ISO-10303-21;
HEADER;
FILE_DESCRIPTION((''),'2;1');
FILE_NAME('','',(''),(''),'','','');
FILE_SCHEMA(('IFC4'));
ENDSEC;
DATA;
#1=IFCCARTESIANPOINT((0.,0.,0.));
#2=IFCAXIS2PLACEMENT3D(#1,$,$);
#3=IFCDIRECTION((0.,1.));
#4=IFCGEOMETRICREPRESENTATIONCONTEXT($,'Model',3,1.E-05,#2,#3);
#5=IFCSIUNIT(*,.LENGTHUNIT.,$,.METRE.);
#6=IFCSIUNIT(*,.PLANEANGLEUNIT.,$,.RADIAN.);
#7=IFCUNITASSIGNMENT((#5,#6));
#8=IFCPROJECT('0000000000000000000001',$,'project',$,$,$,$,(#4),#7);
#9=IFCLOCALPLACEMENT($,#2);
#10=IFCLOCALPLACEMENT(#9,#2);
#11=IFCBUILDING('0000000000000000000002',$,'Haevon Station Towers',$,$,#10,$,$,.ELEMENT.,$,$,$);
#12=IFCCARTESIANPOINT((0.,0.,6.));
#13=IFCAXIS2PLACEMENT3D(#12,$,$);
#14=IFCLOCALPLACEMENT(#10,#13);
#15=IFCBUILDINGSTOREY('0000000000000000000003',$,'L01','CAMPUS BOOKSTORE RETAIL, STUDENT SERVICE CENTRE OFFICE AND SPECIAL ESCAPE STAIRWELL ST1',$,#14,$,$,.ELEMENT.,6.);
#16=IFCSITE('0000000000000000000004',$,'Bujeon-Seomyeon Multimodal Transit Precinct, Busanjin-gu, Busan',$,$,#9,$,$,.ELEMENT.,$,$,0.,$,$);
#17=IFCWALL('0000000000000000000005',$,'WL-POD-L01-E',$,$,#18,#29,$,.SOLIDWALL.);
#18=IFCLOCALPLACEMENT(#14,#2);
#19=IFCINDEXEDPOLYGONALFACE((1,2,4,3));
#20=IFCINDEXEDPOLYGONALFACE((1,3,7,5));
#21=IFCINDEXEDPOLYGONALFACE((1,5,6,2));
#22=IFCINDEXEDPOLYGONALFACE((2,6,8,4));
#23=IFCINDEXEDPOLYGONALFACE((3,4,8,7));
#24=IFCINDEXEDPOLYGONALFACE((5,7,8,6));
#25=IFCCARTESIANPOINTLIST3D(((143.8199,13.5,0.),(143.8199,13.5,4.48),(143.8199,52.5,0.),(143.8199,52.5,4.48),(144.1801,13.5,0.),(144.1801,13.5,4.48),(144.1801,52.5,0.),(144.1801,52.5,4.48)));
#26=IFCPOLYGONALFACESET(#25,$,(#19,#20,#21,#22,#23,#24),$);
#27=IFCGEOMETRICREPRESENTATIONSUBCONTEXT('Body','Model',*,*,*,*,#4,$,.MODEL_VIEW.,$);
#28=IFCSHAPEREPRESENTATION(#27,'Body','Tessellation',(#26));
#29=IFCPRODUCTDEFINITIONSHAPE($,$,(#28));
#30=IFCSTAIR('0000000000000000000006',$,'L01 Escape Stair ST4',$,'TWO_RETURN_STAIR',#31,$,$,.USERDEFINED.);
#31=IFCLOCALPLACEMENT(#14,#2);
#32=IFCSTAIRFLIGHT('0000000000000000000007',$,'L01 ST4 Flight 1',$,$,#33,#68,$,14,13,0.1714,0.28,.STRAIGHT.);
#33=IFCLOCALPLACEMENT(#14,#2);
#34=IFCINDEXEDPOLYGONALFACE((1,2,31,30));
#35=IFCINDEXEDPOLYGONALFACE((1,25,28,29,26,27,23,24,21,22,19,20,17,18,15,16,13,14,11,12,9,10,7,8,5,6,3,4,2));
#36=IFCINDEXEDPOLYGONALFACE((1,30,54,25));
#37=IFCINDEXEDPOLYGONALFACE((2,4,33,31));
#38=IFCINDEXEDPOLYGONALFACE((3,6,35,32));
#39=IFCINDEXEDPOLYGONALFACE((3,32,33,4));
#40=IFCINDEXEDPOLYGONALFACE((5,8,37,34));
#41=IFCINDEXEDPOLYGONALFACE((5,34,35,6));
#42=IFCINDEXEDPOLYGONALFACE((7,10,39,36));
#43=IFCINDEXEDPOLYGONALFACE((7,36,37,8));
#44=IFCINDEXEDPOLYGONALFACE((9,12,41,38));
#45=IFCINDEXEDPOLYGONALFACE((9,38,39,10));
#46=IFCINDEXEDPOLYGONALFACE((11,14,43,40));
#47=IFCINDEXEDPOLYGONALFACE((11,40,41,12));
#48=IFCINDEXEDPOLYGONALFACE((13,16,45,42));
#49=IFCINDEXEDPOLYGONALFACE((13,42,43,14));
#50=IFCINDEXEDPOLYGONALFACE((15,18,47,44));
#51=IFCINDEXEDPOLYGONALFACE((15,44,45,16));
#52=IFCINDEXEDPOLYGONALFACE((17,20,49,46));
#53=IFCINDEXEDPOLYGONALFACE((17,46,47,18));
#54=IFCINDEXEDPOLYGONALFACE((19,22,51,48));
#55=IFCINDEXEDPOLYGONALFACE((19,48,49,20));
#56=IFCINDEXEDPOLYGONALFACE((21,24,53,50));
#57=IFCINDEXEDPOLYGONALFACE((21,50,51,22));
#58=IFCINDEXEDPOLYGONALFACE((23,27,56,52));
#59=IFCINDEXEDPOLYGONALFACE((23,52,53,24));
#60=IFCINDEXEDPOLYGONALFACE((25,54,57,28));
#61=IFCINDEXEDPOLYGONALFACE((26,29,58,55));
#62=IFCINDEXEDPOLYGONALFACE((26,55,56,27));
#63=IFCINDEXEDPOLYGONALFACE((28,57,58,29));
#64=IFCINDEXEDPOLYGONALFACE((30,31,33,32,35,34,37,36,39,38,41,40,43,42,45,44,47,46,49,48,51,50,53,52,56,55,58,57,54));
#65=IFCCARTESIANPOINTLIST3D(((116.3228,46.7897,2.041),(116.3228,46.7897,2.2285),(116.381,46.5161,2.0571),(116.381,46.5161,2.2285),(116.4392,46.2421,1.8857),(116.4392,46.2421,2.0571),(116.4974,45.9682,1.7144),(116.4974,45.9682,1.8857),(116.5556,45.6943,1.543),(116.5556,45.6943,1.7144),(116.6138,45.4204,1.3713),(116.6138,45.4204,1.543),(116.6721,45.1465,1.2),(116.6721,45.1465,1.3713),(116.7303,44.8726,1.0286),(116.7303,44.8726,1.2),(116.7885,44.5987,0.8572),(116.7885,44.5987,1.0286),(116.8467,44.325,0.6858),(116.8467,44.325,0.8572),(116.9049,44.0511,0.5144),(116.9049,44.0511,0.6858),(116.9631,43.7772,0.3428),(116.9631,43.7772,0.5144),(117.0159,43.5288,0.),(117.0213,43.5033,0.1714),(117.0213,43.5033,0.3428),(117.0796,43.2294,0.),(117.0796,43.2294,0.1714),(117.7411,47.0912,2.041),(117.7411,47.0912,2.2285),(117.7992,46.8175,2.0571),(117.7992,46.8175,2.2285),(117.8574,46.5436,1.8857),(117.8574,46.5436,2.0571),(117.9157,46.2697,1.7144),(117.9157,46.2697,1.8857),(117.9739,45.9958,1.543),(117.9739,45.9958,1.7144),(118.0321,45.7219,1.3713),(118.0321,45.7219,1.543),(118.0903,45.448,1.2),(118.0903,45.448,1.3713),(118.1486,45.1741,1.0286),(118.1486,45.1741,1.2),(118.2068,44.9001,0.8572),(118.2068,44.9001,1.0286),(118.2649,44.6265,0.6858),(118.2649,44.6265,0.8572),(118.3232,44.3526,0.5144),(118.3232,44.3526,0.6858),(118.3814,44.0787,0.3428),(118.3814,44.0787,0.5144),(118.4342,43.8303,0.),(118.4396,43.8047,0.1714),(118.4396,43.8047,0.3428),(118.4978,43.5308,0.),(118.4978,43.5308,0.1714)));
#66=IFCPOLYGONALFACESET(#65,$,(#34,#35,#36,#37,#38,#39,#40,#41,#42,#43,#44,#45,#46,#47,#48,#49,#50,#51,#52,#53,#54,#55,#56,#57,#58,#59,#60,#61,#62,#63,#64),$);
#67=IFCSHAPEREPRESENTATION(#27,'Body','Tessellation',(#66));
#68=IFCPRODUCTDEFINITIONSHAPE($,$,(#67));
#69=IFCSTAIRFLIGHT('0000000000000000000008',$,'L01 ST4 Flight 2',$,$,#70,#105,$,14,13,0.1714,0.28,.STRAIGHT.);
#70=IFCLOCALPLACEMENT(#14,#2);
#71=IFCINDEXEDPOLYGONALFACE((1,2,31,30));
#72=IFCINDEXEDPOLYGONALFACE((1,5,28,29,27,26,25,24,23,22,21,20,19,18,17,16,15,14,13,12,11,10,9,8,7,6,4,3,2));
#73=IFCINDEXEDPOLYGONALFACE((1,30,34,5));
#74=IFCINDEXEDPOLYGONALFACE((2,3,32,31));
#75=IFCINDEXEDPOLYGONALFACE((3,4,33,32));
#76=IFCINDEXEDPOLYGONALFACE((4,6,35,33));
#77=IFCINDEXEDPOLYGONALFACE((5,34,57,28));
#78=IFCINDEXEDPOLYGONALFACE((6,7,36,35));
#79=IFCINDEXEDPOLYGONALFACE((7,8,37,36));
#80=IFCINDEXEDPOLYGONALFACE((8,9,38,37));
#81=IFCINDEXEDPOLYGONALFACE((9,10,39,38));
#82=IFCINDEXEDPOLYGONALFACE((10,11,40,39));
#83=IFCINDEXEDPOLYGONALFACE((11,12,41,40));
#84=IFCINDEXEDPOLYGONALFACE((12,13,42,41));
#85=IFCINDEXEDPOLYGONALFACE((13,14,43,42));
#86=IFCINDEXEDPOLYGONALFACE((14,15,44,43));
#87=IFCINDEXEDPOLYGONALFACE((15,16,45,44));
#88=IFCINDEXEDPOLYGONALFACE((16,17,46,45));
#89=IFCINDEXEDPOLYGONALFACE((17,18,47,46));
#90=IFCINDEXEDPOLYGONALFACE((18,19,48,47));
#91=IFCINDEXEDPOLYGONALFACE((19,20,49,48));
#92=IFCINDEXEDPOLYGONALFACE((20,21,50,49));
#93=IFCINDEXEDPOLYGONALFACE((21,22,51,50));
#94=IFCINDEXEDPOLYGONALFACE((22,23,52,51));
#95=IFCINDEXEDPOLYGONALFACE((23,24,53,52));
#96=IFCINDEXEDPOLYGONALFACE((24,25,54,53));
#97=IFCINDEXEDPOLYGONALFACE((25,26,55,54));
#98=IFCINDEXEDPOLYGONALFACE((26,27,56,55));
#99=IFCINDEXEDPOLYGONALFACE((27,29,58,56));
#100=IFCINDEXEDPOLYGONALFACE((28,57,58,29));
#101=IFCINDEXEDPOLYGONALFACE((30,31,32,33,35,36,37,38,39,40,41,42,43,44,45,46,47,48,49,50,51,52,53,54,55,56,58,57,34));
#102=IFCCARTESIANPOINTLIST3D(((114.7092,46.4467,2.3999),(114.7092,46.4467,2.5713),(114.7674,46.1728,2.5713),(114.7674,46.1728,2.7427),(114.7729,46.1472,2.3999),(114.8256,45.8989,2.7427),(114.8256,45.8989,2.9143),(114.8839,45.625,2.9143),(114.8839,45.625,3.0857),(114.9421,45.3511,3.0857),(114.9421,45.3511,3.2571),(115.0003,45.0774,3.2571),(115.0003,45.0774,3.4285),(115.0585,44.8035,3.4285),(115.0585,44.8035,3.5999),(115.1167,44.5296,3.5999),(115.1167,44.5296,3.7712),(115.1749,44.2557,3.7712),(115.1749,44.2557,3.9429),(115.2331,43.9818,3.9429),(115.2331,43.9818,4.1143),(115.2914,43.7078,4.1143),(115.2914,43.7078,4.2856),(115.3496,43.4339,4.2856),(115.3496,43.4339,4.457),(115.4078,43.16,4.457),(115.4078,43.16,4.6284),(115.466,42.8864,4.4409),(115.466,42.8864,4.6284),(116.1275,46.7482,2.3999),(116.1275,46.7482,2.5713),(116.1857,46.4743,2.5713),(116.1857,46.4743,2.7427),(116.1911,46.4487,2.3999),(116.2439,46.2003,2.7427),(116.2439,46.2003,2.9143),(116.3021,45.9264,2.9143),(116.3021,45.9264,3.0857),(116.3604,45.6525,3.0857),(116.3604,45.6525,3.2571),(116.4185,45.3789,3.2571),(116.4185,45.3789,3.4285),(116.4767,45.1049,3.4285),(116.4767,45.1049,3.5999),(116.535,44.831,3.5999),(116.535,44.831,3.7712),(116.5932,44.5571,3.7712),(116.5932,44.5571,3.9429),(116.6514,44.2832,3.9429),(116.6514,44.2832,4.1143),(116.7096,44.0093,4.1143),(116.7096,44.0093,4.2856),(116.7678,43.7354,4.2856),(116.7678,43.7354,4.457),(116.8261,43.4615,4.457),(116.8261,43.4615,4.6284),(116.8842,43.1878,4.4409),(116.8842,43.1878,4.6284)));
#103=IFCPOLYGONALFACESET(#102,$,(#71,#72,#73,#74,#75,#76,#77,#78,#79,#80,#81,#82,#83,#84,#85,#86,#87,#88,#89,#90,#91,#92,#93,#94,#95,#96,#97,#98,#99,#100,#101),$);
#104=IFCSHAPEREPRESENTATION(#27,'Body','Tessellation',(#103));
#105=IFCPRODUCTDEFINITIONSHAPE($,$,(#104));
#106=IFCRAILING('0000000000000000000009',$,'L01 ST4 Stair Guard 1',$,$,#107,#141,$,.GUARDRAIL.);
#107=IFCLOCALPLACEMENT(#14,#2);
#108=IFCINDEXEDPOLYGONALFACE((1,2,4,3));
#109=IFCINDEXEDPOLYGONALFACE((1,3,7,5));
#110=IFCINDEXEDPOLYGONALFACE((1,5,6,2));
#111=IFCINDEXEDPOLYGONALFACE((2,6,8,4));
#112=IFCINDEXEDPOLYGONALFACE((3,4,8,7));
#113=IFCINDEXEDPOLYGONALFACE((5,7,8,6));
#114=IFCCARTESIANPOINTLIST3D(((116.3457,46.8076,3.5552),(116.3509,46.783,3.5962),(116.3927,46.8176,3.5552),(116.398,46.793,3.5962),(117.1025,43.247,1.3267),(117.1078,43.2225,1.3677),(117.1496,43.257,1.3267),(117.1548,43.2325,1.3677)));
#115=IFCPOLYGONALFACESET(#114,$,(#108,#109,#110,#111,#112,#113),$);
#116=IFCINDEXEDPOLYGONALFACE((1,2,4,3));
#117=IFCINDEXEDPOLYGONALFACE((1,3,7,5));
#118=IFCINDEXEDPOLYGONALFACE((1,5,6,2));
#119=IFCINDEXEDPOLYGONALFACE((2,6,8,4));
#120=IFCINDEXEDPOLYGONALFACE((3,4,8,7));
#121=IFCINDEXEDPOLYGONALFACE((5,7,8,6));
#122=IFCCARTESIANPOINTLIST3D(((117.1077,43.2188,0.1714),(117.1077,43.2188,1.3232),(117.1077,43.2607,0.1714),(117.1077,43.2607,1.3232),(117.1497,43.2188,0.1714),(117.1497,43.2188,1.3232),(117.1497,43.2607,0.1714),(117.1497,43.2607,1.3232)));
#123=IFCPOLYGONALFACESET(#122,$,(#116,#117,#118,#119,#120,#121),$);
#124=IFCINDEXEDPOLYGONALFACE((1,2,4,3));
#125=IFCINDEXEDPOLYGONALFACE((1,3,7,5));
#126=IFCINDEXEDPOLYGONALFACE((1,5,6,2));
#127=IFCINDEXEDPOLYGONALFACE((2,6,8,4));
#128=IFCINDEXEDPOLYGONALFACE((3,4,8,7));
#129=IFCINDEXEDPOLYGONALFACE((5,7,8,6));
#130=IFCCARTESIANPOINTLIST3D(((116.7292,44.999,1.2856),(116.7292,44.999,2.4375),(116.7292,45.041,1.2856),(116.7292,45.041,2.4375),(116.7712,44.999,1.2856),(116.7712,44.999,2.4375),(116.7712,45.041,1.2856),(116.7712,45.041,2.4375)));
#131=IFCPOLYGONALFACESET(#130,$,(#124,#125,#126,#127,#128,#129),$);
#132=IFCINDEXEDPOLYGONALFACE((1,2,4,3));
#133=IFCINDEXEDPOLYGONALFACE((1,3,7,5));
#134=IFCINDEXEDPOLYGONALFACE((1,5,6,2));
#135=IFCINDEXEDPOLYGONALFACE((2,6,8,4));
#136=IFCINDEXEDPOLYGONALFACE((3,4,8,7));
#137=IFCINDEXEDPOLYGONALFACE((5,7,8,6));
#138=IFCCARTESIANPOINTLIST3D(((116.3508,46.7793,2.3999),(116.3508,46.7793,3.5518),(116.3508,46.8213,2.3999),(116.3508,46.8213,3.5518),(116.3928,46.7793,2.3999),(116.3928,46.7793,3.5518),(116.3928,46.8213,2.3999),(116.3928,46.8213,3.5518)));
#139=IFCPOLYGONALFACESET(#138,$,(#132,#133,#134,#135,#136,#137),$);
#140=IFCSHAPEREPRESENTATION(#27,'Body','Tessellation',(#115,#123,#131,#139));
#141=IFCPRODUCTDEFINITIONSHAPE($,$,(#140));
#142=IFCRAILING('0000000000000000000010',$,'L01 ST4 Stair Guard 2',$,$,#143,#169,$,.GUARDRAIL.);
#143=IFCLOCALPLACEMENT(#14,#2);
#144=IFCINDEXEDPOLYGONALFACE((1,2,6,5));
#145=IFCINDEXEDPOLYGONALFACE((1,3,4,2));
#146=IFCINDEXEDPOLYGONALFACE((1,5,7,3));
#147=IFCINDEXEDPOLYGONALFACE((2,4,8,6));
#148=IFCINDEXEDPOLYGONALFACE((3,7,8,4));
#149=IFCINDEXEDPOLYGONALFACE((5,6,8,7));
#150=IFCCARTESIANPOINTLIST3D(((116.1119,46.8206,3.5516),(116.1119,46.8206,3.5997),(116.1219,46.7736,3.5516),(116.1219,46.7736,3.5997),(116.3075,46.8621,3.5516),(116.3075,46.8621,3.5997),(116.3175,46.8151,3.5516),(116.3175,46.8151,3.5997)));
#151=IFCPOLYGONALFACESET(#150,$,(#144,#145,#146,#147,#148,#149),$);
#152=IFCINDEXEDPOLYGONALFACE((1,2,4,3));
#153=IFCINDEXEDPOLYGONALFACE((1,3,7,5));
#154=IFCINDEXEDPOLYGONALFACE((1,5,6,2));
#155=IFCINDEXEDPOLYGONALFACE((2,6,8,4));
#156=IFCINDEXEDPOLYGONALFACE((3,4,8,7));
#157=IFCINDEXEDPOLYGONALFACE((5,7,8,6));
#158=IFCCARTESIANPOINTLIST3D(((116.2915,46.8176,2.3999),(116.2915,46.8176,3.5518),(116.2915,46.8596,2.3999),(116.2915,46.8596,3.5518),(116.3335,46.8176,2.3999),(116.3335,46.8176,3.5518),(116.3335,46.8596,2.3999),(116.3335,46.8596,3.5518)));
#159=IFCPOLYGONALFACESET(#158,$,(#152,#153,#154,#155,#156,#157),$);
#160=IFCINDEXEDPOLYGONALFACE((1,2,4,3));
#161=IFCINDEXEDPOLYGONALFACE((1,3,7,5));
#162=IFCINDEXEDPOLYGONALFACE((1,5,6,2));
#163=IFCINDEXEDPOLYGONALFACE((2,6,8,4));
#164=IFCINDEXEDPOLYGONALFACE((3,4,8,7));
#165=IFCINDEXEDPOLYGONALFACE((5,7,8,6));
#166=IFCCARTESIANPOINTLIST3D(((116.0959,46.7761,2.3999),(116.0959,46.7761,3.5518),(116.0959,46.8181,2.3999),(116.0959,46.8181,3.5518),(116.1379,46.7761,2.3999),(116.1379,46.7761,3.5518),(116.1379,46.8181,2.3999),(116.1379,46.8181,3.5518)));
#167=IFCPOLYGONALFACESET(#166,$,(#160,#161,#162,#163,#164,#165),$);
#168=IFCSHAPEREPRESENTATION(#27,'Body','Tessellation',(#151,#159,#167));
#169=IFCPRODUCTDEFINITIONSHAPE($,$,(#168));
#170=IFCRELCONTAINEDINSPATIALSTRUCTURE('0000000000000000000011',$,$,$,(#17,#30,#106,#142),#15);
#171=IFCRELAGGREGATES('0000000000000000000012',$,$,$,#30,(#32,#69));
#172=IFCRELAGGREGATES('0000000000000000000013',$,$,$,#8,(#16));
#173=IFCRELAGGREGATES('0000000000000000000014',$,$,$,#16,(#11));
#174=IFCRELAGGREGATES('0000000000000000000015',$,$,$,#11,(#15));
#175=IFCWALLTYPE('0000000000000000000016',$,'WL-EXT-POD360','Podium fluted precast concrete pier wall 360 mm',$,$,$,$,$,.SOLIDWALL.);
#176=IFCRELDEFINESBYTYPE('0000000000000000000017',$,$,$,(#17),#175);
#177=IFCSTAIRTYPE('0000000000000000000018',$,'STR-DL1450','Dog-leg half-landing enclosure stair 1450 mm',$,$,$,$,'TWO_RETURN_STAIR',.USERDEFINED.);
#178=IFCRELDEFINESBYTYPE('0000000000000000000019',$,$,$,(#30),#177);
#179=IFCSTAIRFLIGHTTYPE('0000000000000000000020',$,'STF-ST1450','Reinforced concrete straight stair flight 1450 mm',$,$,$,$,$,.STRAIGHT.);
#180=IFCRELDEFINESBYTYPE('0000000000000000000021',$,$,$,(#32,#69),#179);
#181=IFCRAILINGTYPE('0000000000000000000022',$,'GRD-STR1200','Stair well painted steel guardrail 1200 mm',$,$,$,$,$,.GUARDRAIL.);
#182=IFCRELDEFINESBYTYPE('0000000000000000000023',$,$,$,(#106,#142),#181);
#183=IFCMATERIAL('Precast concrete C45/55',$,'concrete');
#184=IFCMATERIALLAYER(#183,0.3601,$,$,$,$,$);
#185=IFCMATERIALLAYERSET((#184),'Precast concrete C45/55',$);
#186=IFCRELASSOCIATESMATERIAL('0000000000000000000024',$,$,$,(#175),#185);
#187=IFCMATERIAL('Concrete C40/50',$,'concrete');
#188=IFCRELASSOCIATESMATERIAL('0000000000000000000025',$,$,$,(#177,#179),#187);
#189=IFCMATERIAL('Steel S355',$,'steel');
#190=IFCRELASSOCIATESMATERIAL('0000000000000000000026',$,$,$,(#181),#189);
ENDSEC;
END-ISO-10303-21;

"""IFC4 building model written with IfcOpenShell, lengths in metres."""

from ifc_helpers import new_model, si_unit, direction, frame, frame_2d, origin, origin_2d, place, context, subcontext, project, spatial, polyline, rectangle, outline, extrude, material, layer, layer_set, type_object, element, aggregate, save


model = new_model("IFC4")

# Units and contexts
model_context = context("Model", 3, precision=1e-05, world=origin(), true_north=direction((0.0, 1.0)))
body_context = subcontext(model_context, "Body", "Model", "MODEL_VIEW")
ifc_project = project(units=[si_unit("LENGTHUNIT", "METRE"), si_unit("PLANEANGLEUNIT", "RADIAN")], contexts=[model_context])

# Site, building, storey
site_placement = place(None, origin())
site = spatial("IfcSite", under=ifc_project, at=site_placement, Name="Bujeon-Seomyeon Multimodal Transit Precinct, Busanjin-gu, Busan", CompositionType="ELEMENT", RefElevation=0.0)
building_placement = place(site_placement, origin())
building = spatial("IfcBuilding", under=site, at=building_placement, Name="Haevon Station Towers", CompositionType="ELEMENT")
storey_placement = place(building_placement, frame((0.0, 0.0, 6.0)))
storey = spatial("IfcBuildingStorey", under=building, at=storey_placement, Name="L01", Description="CAMPUS BOOKSTORE RETAIL, STUDENT SERVICE CENTRE OFFICE AND SPECIAL ESCAPE STAIRWELL ST1", CompositionType="ELEMENT", Elevation=6.0)

# Shared definitions
ifc_material_1 = material(Name="Steel S355", Category="steel")

# Wall
ifc_material_2 = material(Name="Precast concrete C45/55", Category="concrete")
ifc_layer = layer(ifc_material_2, 0.3601)
ifc_layer_set = layer_set([ifc_layer], Name="Precast concrete C45/55")
wall_type = type_object("IfcWallType", Name="WL-EXT-POD360", Description="Podium fluted precast concrete pier wall 360 mm", PredefinedType="SOLIDWALL", material=ifc_layer_set)
wall_placement = place(storey_placement, frame((144.0, 52.5, 0.0), z_axis=(0.0, 0.0, 1.0), x_axis=(0.0, -1.0, 0.0)))
element("IfcWall", 1, at=wall_placement, inside=storey, type_object=wall_type, Name="WL-POD-L01-E", PredefinedType="SOLIDWALL", context=body_context, shape_type="SweptSolid", body=[
    extrude(rectangle(XDim=39.0, YDim=0.3601, at=frame_2d((19.5, 0.0))), origin(), (0.0, 0.0, 1.0), 4.48),
])

# Stair, stair flights
ifc_material_3 = material(Name="Concrete C40/50", Category="concrete")
stair_type = type_object("IfcStairType", Name="STR-DL1450", Description="Dog-leg half-landing enclosure stair 1450 mm", ElementType="TWO_RETURN_STAIR", PredefinedType="USERDEFINED", material=ifc_material_3)
stair_placement = place(storey_placement, origin())
stair = element("IfcStair", 2, at=stair_placement, inside=storey, type_object=stair_type, Name="L01 Escape Stair ST4", ObjectType="TWO_RETURN_STAIR", PredefinedType="USERDEFINED")
stair_flight_type = type_object("IfcStairFlightType", Name="STF-ST1450", Description="Reinforced concrete straight stair flight 1450 mm", PredefinedType="STRAIGHT", material=ifc_material_3)
stair_flight_1_placement = place(storey_placement, frame((117.7888, 43.3801, 0.0), z_axis=(0.0, 0.0, 1.0), x_axis=(-0.207912, 0.978148, 0.0)))
stair_flight_1 = element("IfcStairFlight", 3, at=stair_flight_1_placement, type_object=stair_flight_type, Name="L01 ST4 Flight 1", NumberOfRisers=14, NumberOfTreads=13, PredefinedType="STRAIGHT", RiserHeight=0.1714, TreadLength=0.28, context=body_context, shape_type="SweptSolid", body=[
    extrude(outline(polyline([(0.0, 0.0), (0.0, 0.1714), (0.28, 0.1714), (0.28, 0.3428), (0.5601, 0.3428), (0.5601, 0.5144), (0.8401, 0.5144), (0.8401, 0.6858), (1.1201, 0.6858), (1.1201, 0.8572), (1.3999, 0.8572), (1.3999, 1.0286), (1.6799, 1.0286), (1.6799, 1.2), (1.96, 1.2), (1.96, 1.3713), (2.24, 1.3713), (2.24, 1.543), (2.52, 1.543), (2.52, 1.7144), (2.8, 1.7144), (2.8, 1.8857), (3.0801, 1.8857), (3.0801, 2.0571), (3.3601, 2.0571), (3.3601, 2.2285), (3.6399, 2.2285), (3.6399, 2.3999), (3.6399, 2.041), (0.3062, 0.0), (0.0, 0.0)])), frame((0.0, 0.7251, 0.0), z_axis=(0.0, -1.0, 0.0), x_axis=(1.0, 0.0, 0.0)), (0.0, 0.0, 1.0), 1.45),
])
stair_flight_2_placement = place(storey_placement, frame((115.4182, 46.5974, 2.3999), z_axis=(0.0, 0.0, 1.0), x_axis=(0.207912, -0.978148, 0.0)))
stair_flight_2 = element("IfcStairFlight", 4, at=stair_flight_2_placement, type_object=stair_flight_type, Name="L01 ST4 Flight 2", NumberOfRisers=14, NumberOfTreads=13, PredefinedType="STRAIGHT", RiserHeight=0.1714, TreadLength=0.28, context=body_context, shape_type="SweptSolid", body=[
    extrude(outline(polyline([(0.0, 0.0), (0.0, 0.1714), (0.28, 0.1714), (0.28, 0.3428), (0.5601, 0.3428), (0.5601, 0.5144), (0.8401, 0.5144), (0.8401, 0.6858), (1.1201, 0.6858), (1.1201, 0.8572), (1.3999, 0.8572), (1.3999, 1.0286), (1.6799, 1.0286), (1.6799, 1.2), (1.96, 1.2), (1.96, 1.3713), (2.24, 1.3713), (2.24, 1.543), (2.52, 1.543), (2.52, 1.7144), (2.8, 1.7144), (2.8, 1.8857), (3.0801, 1.8857), (3.0801, 2.0571), (3.3601, 2.0571), (3.3601, 2.2285), (3.6399, 2.2285), (3.6399, 2.3999), (3.6399, 2.041), (0.3062, 0.0), (0.0, 0.0)])), frame((0.0, 0.7251, 0.0), z_axis=(0.0, -1.0, 0.0), x_axis=(1.0, 0.0, 0.0)), (0.0, 0.0, 1.0), 1.45),
])
aggregate(stair, [stair_flight_1, stair_flight_2])

# Railings
railing_type_1 = type_object("IfcRailingType", Name="GRD-STR1200", Description="Stair well painted steel guardrail 1200 mm", PredefinedType="GUARDRAIL", material=ifc_material_1)
railing_1_placement = place(storey_placement, frame((117.1287, 43.2397, 0.1714)))
element("IfcRailing", 5, at=railing_1_placement, inside=storey, type_object=railing_type_1, Name="L01 ST4 Stair Guard 1", PredefinedType="GUARDRAIL", context=body_context, shape_type="SweptSolid", body=[
    extrude(rectangle(XDim=0.0481, YDim=0.0481, at=origin_2d()), frame((0.0, 0.0, 1.1758), z_axis=(-0.177324, 0.834225, 0.522134), x_axis=(-0.978147, -0.207917, 0.0)), (0.0, 0.0, 1.0), 4.2681),
    extrude(rectangle(XDim=0.042, YDim=0.042, at=origin_2d()), origin(), (0.0, 0.0, 1.0), 1.1519),
    extrude(rectangle(XDim=0.042, YDim=0.042, at=origin_2d()), frame((-0.3784, 1.7803, 1.1143)), (0.0, 0.0, 1.0), 1.1519),
    extrude(rectangle(XDim=0.042, YDim=0.042, at=origin_2d()), frame((-0.7568, 3.5605, 2.2285)), (0.0, 0.0, 1.0), 1.1519),
])
railing_2_placement = place(storey_placement, frame((116.3125, 46.8386, 2.3999)))
element("IfcRailing", 6, at=railing_2_placement, inside=storey, type_object=railing_type_1, Name="L01 ST4 Stair Guard 2", PredefinedType="GUARDRAIL", context=body_context, shape_type="SweptSolid", body=[
    extrude(rectangle(XDim=0.0481, YDim=0.0481, at=origin_2d()), frame((0.0, 0.0, 1.1758), z_axis=(-0.978212, -0.20761, 0.0), x_axis=(0.20761, -0.978212, 0.0)), (0.0, 0.0, 1.0), 0.2),
    extrude(rectangle(XDim=0.042, YDim=0.042, at=origin_2d()), origin(), (0.0, 0.0, 1.0), 1.1519),
    extrude(rectangle(XDim=0.042, YDim=0.042, at=origin_2d()), frame((-0.1956, -0.0415, 0.0)), (0.0, 0.0, 1.0), 1.1519),
])

save(model, "model.ifc")
